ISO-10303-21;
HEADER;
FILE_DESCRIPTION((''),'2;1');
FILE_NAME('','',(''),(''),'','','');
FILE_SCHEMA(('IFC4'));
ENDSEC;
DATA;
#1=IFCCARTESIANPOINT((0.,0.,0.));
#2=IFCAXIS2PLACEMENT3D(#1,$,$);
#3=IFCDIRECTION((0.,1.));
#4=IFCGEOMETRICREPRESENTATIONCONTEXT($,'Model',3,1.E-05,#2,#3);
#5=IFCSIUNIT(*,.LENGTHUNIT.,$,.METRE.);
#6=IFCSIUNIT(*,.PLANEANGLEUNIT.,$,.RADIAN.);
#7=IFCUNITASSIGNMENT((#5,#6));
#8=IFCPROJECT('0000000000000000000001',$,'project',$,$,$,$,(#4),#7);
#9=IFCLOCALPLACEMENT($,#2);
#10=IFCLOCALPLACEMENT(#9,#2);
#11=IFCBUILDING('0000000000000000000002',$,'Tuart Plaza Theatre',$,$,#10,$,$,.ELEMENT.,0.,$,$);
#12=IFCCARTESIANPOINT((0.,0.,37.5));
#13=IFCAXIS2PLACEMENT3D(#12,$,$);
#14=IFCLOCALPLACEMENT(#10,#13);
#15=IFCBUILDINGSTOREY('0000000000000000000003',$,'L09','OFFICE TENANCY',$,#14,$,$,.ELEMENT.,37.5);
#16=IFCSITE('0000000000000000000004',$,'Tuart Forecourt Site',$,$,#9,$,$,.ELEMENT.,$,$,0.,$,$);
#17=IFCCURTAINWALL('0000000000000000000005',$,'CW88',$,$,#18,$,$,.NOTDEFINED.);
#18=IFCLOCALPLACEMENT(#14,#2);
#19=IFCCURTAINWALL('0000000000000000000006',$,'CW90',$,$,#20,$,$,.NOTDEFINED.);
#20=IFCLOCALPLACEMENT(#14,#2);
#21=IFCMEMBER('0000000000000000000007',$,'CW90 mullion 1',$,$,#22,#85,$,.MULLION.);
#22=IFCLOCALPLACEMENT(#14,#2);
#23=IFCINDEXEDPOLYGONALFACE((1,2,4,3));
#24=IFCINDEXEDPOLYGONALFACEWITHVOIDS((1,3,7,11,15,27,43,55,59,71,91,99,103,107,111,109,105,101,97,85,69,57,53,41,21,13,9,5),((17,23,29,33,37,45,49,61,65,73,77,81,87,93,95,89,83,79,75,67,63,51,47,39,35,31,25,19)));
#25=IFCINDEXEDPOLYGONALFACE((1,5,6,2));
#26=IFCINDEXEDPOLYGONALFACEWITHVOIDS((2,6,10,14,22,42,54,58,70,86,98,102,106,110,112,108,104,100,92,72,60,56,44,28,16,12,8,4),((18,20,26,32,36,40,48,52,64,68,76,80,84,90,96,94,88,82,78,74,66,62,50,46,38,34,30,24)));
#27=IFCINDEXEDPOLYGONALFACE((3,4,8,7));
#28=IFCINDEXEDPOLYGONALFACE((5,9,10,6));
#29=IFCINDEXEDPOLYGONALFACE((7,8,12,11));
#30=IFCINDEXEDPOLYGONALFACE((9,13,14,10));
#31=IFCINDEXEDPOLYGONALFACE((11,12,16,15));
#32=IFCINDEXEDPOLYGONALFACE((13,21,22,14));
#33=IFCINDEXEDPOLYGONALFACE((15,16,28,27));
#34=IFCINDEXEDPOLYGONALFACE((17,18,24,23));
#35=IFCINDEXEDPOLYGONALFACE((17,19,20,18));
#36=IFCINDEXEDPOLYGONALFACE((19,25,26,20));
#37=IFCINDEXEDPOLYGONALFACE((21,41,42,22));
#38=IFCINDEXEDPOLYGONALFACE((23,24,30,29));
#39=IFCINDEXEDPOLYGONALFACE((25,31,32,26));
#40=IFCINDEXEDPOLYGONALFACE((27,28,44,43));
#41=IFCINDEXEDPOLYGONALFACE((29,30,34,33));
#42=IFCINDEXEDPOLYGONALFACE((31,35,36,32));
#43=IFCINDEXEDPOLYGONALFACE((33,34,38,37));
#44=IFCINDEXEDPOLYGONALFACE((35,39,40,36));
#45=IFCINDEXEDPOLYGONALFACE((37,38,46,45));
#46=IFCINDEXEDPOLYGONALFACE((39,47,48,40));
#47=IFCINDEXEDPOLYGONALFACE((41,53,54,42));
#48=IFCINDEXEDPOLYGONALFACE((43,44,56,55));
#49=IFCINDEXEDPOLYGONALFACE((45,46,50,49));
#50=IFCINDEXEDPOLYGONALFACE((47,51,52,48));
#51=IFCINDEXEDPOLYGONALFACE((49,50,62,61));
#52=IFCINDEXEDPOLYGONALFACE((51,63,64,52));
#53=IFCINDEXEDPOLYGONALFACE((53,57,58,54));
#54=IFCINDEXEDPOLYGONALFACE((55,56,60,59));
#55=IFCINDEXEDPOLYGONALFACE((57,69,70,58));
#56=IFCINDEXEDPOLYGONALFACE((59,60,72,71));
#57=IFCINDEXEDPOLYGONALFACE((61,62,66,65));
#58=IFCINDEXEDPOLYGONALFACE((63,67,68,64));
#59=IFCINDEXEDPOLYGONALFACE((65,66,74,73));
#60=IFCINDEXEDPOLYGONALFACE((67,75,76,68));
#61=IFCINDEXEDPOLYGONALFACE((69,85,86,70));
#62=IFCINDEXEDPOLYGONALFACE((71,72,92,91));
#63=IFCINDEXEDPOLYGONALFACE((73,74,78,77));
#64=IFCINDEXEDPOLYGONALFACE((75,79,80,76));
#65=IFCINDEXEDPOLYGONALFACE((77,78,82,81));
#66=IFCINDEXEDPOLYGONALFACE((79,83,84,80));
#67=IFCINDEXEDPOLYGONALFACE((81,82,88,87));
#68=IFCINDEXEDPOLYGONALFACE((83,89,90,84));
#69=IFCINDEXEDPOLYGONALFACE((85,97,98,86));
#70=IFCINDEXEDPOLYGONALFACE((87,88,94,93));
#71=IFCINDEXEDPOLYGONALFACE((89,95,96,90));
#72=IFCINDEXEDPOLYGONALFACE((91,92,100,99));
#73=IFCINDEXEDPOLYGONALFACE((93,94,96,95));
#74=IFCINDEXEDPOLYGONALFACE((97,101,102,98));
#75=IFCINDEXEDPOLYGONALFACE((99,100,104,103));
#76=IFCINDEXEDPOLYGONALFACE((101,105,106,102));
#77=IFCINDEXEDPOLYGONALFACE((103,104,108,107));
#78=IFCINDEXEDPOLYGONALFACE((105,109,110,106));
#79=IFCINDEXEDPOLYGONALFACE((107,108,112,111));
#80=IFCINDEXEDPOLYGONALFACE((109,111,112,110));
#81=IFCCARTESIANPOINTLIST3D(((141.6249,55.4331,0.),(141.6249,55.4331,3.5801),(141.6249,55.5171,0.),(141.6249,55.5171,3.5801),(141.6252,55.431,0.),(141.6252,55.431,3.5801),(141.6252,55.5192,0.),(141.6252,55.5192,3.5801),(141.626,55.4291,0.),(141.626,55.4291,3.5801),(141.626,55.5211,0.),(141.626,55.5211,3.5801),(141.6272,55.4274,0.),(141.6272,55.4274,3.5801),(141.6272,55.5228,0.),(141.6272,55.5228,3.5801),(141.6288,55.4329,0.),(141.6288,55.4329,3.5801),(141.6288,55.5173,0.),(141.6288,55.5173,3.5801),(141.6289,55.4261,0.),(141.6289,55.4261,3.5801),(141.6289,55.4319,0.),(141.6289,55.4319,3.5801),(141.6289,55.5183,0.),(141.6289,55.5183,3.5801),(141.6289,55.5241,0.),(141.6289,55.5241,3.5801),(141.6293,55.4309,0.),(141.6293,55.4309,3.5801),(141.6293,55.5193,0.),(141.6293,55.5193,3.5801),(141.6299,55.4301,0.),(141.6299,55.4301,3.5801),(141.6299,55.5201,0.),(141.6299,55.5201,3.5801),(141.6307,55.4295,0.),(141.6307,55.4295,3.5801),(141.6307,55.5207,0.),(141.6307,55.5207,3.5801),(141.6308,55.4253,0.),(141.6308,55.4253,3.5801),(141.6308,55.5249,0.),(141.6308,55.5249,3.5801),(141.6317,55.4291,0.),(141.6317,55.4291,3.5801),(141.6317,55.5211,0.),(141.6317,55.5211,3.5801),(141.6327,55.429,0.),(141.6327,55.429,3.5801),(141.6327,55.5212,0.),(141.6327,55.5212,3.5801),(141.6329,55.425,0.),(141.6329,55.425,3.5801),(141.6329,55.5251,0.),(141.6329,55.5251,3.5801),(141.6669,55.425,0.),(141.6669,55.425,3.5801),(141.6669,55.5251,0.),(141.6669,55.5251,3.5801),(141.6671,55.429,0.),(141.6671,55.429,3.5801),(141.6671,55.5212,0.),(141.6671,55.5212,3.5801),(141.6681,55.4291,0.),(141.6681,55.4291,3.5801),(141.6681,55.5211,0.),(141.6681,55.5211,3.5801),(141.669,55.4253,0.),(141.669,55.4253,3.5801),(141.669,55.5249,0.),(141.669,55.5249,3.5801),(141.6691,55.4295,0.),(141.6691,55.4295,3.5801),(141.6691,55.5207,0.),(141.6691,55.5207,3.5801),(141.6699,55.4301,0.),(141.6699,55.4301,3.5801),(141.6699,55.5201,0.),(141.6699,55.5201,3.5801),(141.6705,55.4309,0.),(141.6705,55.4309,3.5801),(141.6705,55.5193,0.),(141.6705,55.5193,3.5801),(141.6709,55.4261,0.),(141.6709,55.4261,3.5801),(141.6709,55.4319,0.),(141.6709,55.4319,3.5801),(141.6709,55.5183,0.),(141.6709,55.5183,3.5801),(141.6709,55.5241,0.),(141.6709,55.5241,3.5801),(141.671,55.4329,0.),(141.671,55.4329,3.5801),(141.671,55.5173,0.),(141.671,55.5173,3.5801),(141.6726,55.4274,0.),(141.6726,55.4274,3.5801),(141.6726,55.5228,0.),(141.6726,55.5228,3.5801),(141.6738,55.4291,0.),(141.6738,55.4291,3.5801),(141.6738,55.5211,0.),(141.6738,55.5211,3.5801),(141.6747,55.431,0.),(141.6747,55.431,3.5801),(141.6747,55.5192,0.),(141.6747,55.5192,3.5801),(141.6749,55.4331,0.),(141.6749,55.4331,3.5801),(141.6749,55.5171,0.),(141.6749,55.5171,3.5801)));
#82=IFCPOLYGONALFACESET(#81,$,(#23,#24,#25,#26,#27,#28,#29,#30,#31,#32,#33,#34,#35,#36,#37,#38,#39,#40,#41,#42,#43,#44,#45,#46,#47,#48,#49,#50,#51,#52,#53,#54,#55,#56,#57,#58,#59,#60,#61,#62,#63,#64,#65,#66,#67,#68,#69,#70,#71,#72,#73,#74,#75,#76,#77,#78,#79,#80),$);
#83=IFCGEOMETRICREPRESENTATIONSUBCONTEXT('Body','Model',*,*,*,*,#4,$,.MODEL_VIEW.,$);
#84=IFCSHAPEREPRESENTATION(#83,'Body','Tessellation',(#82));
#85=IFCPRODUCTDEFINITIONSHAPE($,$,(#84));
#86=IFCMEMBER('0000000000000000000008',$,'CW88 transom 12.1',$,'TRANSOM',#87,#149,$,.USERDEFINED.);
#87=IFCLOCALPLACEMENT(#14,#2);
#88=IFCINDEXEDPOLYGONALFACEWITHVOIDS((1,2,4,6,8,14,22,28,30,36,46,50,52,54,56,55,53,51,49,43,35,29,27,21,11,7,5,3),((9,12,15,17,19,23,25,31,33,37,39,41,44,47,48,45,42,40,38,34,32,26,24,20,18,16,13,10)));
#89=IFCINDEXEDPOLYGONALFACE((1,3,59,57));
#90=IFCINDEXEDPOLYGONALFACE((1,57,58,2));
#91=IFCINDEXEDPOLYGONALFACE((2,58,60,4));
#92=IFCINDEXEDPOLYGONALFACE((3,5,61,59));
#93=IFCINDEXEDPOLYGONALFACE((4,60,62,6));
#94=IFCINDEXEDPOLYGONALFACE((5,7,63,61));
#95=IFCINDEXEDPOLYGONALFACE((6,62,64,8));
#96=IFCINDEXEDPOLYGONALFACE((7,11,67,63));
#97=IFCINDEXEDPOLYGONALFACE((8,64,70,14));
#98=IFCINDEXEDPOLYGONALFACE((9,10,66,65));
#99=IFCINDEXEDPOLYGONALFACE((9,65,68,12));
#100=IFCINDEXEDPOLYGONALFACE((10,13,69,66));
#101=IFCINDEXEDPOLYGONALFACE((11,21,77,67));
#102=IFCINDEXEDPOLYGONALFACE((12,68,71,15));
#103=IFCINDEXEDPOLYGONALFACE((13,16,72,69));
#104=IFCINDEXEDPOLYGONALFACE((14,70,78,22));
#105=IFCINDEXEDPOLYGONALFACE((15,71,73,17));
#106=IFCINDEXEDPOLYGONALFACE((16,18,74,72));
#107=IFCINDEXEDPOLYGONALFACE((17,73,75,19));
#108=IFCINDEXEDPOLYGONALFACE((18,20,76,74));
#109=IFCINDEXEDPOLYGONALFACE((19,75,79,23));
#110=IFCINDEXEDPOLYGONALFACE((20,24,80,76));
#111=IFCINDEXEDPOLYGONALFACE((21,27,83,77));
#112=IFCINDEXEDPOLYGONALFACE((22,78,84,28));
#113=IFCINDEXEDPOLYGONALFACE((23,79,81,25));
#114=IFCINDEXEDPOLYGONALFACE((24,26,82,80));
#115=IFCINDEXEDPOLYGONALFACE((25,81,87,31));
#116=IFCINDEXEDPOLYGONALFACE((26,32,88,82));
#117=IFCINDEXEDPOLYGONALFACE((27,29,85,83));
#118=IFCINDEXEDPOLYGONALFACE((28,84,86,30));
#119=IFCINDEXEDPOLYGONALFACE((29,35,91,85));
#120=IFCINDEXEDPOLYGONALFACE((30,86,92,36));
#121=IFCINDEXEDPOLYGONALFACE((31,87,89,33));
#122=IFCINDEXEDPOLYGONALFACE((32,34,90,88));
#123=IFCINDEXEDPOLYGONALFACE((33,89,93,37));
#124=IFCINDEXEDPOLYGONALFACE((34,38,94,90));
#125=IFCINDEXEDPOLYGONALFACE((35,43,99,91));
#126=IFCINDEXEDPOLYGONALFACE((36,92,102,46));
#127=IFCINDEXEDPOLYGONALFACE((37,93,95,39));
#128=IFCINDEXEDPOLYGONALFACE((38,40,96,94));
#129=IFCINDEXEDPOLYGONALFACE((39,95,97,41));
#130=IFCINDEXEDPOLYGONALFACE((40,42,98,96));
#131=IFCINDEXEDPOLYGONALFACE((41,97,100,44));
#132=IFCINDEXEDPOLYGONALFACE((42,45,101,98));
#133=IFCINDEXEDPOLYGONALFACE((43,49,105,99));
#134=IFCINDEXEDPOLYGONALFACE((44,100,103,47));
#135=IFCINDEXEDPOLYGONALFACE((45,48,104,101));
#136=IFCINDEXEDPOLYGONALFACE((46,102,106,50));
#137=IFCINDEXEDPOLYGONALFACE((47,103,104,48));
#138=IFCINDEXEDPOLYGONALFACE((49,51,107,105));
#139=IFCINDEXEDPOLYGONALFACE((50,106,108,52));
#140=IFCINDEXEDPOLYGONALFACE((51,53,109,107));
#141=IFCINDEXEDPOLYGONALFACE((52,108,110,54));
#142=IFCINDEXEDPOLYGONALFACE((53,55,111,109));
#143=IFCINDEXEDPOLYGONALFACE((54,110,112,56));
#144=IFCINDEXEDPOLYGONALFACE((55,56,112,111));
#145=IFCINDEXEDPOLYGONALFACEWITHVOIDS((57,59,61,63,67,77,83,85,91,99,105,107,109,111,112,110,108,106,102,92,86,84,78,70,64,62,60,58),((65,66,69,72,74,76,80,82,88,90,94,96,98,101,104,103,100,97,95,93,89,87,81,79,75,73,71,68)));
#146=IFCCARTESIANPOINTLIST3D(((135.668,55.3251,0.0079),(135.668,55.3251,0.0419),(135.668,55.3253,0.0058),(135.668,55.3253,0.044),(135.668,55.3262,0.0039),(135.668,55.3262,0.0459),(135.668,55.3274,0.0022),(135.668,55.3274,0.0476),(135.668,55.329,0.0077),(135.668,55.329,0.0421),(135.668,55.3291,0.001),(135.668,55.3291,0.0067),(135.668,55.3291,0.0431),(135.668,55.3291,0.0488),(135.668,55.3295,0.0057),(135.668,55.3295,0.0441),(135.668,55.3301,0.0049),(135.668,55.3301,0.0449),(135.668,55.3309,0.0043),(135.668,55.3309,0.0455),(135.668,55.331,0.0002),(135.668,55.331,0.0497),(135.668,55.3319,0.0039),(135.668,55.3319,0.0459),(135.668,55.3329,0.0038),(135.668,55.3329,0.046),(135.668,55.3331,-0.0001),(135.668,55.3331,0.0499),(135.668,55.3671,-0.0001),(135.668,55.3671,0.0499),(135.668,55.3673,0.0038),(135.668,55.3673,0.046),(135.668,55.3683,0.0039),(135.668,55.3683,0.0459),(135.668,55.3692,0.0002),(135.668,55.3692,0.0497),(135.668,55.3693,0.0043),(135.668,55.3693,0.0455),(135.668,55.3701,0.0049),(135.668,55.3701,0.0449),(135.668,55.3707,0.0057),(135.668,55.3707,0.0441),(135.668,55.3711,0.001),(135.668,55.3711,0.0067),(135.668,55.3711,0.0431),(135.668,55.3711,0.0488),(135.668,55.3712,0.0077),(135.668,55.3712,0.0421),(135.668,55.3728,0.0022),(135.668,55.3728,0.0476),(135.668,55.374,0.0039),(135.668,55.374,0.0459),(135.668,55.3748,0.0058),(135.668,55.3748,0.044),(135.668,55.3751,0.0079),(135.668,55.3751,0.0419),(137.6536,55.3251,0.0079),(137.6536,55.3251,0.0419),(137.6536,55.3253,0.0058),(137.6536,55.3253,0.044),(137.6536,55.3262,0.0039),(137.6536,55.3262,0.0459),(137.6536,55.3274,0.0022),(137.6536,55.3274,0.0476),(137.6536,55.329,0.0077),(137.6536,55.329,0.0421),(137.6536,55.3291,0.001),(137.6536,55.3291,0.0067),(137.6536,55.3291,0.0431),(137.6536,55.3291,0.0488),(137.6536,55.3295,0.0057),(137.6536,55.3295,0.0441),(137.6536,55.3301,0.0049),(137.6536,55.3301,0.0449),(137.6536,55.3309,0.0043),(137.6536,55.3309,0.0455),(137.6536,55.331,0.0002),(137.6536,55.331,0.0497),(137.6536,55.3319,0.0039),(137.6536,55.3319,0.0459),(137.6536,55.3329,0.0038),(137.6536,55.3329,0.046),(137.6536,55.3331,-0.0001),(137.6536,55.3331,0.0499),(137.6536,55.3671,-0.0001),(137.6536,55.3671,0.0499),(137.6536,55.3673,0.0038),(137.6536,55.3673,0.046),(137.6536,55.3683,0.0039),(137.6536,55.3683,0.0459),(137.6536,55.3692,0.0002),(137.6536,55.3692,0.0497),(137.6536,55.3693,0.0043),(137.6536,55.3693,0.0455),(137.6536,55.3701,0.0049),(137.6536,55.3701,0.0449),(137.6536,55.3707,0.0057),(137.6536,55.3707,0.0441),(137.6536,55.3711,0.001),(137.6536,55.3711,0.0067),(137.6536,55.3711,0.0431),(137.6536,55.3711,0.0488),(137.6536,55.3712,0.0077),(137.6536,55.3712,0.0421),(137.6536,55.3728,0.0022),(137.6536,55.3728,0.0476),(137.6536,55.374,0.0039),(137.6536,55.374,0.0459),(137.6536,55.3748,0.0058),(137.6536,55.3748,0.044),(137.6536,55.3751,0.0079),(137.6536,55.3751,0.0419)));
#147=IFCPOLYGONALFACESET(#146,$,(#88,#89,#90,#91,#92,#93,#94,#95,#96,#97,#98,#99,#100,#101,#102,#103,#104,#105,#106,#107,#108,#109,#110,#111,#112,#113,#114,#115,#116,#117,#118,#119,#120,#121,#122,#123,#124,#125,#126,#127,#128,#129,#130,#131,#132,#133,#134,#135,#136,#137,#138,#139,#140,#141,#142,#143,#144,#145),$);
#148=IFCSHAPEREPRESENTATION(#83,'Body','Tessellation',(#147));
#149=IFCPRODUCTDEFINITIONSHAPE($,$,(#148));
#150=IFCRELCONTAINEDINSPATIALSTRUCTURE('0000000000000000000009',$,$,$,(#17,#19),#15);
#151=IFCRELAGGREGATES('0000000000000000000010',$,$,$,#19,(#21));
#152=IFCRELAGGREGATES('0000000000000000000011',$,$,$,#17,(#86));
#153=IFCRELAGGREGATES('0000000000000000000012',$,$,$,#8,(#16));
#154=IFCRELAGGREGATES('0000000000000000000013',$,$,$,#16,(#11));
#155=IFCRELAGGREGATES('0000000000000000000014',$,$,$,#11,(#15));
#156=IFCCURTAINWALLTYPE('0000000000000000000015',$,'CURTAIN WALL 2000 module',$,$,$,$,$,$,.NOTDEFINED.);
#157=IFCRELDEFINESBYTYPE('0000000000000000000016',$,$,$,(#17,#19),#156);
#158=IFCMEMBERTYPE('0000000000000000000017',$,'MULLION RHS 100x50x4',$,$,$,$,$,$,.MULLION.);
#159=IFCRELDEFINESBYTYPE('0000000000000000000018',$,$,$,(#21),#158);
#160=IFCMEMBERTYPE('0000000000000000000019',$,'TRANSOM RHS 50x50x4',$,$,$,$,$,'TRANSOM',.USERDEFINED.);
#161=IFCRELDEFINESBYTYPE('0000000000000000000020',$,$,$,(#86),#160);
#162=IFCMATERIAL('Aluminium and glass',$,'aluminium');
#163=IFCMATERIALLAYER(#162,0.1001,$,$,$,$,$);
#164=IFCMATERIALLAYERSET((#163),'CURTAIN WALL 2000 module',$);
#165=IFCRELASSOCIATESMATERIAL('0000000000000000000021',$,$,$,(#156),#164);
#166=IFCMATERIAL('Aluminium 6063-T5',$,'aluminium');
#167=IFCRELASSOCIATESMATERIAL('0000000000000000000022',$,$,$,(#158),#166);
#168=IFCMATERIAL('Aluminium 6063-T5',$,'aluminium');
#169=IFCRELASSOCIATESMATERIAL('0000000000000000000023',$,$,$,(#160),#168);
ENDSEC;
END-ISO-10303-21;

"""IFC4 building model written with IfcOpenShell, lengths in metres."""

from ifc_helpers import new_model, si_unit, direction, frame, origin, origin_2d, place, context, subcontext, project, spatial, hollow_rectangle, extrude, material, layer, layer_set, material_profile, profile_set, type_object, element, aggregate, save


model = new_model("IFC4")

# Units and contexts
model_context = context("Model", 3, precision=1e-05, world=origin(), true_north=direction((0.0, 1.0)))
body_context = subcontext(model_context, "Body", "Model", "MODEL_VIEW")
ifc_project = project(units=[si_unit("LENGTHUNIT", "METRE"), si_unit("PLANEANGLEUNIT", "RADIAN")], contexts=[model_context])

# Site, building, storey
site_placement = place(None, origin())
site = spatial("IfcSite", under=ifc_project, at=site_placement, Name="Tuart Forecourt Site", CompositionType="ELEMENT", RefElevation=0.0)
building_placement = place(site_placement, origin())
building = spatial("IfcBuilding", under=site, at=building_placement, Name="Tuart Plaza Theatre", CompositionType="ELEMENT", ElevationOfRefHeight=0.0)
storey_placement = place(building_placement, frame((0.0, 0.0, 37.5)))
storey = spatial("IfcBuildingStorey", under=building, at=storey_placement, Name="L09", Description="OFFICE TENANCY", CompositionType="ELEMENT", Elevation=37.5)

# Curtain wall
ifc_material_1 = material(Name="Aluminium and glass", Category="aluminium")
ifc_layer_1 = layer(ifc_material_1, 0.1001)
ifc_layer_set_1 = layer_set([ifc_layer_1], Name="CURTAIN WALL 2000 module")
curtain_wall_type = type_object("IfcCurtainWallType", Name="CURTAIN WALL 2000 module", PredefinedType="NOTDEFINED", material=ifc_layer_set_1)
curtain_wall_1_placement = place(storey_placement, origin())
curtain_wall_1 = element("IfcCurtainWall", 1, at=curtain_wall_1_placement, inside=storey, type_object=curtain_wall_type, Name="CW88", PredefinedType="NOTDEFINED")
ifc_material_2 = material(Name="Aluminium 6063-T5", Category="aluminium")
ifc_material_profile_1 = material_profile(ifc_material_2, hollow_rectangle(XDim=0.05, YDim=0.1001, WallThickness=0.0039, InnerFilletRadius=0.0039, OuterFilletRadius=0.0081, at=origin_2d()), Name="RHS 100x50x4")
ifc_profile_set_1 = profile_set([ifc_material_profile_1], Name="Aluminium 6063-T5")
member_type_1 = type_object("IfcMemberType", Name="MULLION RHS 100x50x4", PredefinedType="MULLION", material=ifc_profile_set_1)

# Curtain wall, member
curtain_wall_2_placement = place(storey_placement, origin())
curtain_wall_2 = element("IfcCurtainWall", 2, at=curtain_wall_2_placement, inside=storey, type_object=curtain_wall_type, Name="CW90", PredefinedType="NOTDEFINED")
member_1_placement = place(storey_placement, frame((141.6499, 55.4751, 0.0), z_axis=(0.0, 0.0, 1.0), x_axis=(-1.0, 0.0, 0.0)))
member_1 = element("IfcMember", 3, at=member_1_placement, type_object=member_type_1, Name="CW90 mullion 1", PredefinedType="MULLION", context=body_context, shape_type="SweptSolid", body=[
    extrude(hollow_rectangle(XDim=0.05, YDim=0.1001, WallThickness=0.0039, InnerFilletRadius=0.0039, OuterFilletRadius=0.0081, at=origin_2d()), origin(), (0.0, 0.0, 1.0), 3.5801),
])

# Member
ifc_material_3 = material(Name="Aluminium 6063-T5", Category="aluminium")
ifc_material_profile_2 = material_profile(ifc_material_3, hollow_rectangle(XDim=0.05, YDim=0.05, WallThickness=0.0039, InnerFilletRadius=0.0039, OuterFilletRadius=0.0081, at=origin_2d()), Name="RHS 50x50x4")
ifc_profile_set_2 = profile_set([ifc_material_profile_2], Name="Aluminium 6063-T5")
member_type_2 = type_object("IfcMemberType", Name="TRANSOM RHS 50x50x4", ElementType="TRANSOM", PredefinedType="USERDEFINED", material=ifc_profile_set_2)
member_2_placement = place(storey_placement, frame((135.668, 55.3501, 0.0249), z_axis=(1.0, 0.0, 0.0), x_axis=(0.0, 1.0, 0.0)))
member_2 = element("IfcMember", 4, at=member_2_placement, type_object=member_type_2, Name="CW88 transom 12.1", ObjectType="TRANSOM", PredefinedType="USERDEFINED", context=body_context, shape_type="SweptSolid", body=[
    extrude(hollow_rectangle(XDim=0.05, YDim=0.05, WallThickness=0.0039, InnerFilletRadius=0.0039, OuterFilletRadius=0.0081, at=origin_2d()), origin(), (0.0, 0.0, 1.0), 1.9856),
])
aggregate(curtain_wall_2, [member_1])

aggregate(curtain_wall_1, [member_2])

save(model, "model.ifc")
